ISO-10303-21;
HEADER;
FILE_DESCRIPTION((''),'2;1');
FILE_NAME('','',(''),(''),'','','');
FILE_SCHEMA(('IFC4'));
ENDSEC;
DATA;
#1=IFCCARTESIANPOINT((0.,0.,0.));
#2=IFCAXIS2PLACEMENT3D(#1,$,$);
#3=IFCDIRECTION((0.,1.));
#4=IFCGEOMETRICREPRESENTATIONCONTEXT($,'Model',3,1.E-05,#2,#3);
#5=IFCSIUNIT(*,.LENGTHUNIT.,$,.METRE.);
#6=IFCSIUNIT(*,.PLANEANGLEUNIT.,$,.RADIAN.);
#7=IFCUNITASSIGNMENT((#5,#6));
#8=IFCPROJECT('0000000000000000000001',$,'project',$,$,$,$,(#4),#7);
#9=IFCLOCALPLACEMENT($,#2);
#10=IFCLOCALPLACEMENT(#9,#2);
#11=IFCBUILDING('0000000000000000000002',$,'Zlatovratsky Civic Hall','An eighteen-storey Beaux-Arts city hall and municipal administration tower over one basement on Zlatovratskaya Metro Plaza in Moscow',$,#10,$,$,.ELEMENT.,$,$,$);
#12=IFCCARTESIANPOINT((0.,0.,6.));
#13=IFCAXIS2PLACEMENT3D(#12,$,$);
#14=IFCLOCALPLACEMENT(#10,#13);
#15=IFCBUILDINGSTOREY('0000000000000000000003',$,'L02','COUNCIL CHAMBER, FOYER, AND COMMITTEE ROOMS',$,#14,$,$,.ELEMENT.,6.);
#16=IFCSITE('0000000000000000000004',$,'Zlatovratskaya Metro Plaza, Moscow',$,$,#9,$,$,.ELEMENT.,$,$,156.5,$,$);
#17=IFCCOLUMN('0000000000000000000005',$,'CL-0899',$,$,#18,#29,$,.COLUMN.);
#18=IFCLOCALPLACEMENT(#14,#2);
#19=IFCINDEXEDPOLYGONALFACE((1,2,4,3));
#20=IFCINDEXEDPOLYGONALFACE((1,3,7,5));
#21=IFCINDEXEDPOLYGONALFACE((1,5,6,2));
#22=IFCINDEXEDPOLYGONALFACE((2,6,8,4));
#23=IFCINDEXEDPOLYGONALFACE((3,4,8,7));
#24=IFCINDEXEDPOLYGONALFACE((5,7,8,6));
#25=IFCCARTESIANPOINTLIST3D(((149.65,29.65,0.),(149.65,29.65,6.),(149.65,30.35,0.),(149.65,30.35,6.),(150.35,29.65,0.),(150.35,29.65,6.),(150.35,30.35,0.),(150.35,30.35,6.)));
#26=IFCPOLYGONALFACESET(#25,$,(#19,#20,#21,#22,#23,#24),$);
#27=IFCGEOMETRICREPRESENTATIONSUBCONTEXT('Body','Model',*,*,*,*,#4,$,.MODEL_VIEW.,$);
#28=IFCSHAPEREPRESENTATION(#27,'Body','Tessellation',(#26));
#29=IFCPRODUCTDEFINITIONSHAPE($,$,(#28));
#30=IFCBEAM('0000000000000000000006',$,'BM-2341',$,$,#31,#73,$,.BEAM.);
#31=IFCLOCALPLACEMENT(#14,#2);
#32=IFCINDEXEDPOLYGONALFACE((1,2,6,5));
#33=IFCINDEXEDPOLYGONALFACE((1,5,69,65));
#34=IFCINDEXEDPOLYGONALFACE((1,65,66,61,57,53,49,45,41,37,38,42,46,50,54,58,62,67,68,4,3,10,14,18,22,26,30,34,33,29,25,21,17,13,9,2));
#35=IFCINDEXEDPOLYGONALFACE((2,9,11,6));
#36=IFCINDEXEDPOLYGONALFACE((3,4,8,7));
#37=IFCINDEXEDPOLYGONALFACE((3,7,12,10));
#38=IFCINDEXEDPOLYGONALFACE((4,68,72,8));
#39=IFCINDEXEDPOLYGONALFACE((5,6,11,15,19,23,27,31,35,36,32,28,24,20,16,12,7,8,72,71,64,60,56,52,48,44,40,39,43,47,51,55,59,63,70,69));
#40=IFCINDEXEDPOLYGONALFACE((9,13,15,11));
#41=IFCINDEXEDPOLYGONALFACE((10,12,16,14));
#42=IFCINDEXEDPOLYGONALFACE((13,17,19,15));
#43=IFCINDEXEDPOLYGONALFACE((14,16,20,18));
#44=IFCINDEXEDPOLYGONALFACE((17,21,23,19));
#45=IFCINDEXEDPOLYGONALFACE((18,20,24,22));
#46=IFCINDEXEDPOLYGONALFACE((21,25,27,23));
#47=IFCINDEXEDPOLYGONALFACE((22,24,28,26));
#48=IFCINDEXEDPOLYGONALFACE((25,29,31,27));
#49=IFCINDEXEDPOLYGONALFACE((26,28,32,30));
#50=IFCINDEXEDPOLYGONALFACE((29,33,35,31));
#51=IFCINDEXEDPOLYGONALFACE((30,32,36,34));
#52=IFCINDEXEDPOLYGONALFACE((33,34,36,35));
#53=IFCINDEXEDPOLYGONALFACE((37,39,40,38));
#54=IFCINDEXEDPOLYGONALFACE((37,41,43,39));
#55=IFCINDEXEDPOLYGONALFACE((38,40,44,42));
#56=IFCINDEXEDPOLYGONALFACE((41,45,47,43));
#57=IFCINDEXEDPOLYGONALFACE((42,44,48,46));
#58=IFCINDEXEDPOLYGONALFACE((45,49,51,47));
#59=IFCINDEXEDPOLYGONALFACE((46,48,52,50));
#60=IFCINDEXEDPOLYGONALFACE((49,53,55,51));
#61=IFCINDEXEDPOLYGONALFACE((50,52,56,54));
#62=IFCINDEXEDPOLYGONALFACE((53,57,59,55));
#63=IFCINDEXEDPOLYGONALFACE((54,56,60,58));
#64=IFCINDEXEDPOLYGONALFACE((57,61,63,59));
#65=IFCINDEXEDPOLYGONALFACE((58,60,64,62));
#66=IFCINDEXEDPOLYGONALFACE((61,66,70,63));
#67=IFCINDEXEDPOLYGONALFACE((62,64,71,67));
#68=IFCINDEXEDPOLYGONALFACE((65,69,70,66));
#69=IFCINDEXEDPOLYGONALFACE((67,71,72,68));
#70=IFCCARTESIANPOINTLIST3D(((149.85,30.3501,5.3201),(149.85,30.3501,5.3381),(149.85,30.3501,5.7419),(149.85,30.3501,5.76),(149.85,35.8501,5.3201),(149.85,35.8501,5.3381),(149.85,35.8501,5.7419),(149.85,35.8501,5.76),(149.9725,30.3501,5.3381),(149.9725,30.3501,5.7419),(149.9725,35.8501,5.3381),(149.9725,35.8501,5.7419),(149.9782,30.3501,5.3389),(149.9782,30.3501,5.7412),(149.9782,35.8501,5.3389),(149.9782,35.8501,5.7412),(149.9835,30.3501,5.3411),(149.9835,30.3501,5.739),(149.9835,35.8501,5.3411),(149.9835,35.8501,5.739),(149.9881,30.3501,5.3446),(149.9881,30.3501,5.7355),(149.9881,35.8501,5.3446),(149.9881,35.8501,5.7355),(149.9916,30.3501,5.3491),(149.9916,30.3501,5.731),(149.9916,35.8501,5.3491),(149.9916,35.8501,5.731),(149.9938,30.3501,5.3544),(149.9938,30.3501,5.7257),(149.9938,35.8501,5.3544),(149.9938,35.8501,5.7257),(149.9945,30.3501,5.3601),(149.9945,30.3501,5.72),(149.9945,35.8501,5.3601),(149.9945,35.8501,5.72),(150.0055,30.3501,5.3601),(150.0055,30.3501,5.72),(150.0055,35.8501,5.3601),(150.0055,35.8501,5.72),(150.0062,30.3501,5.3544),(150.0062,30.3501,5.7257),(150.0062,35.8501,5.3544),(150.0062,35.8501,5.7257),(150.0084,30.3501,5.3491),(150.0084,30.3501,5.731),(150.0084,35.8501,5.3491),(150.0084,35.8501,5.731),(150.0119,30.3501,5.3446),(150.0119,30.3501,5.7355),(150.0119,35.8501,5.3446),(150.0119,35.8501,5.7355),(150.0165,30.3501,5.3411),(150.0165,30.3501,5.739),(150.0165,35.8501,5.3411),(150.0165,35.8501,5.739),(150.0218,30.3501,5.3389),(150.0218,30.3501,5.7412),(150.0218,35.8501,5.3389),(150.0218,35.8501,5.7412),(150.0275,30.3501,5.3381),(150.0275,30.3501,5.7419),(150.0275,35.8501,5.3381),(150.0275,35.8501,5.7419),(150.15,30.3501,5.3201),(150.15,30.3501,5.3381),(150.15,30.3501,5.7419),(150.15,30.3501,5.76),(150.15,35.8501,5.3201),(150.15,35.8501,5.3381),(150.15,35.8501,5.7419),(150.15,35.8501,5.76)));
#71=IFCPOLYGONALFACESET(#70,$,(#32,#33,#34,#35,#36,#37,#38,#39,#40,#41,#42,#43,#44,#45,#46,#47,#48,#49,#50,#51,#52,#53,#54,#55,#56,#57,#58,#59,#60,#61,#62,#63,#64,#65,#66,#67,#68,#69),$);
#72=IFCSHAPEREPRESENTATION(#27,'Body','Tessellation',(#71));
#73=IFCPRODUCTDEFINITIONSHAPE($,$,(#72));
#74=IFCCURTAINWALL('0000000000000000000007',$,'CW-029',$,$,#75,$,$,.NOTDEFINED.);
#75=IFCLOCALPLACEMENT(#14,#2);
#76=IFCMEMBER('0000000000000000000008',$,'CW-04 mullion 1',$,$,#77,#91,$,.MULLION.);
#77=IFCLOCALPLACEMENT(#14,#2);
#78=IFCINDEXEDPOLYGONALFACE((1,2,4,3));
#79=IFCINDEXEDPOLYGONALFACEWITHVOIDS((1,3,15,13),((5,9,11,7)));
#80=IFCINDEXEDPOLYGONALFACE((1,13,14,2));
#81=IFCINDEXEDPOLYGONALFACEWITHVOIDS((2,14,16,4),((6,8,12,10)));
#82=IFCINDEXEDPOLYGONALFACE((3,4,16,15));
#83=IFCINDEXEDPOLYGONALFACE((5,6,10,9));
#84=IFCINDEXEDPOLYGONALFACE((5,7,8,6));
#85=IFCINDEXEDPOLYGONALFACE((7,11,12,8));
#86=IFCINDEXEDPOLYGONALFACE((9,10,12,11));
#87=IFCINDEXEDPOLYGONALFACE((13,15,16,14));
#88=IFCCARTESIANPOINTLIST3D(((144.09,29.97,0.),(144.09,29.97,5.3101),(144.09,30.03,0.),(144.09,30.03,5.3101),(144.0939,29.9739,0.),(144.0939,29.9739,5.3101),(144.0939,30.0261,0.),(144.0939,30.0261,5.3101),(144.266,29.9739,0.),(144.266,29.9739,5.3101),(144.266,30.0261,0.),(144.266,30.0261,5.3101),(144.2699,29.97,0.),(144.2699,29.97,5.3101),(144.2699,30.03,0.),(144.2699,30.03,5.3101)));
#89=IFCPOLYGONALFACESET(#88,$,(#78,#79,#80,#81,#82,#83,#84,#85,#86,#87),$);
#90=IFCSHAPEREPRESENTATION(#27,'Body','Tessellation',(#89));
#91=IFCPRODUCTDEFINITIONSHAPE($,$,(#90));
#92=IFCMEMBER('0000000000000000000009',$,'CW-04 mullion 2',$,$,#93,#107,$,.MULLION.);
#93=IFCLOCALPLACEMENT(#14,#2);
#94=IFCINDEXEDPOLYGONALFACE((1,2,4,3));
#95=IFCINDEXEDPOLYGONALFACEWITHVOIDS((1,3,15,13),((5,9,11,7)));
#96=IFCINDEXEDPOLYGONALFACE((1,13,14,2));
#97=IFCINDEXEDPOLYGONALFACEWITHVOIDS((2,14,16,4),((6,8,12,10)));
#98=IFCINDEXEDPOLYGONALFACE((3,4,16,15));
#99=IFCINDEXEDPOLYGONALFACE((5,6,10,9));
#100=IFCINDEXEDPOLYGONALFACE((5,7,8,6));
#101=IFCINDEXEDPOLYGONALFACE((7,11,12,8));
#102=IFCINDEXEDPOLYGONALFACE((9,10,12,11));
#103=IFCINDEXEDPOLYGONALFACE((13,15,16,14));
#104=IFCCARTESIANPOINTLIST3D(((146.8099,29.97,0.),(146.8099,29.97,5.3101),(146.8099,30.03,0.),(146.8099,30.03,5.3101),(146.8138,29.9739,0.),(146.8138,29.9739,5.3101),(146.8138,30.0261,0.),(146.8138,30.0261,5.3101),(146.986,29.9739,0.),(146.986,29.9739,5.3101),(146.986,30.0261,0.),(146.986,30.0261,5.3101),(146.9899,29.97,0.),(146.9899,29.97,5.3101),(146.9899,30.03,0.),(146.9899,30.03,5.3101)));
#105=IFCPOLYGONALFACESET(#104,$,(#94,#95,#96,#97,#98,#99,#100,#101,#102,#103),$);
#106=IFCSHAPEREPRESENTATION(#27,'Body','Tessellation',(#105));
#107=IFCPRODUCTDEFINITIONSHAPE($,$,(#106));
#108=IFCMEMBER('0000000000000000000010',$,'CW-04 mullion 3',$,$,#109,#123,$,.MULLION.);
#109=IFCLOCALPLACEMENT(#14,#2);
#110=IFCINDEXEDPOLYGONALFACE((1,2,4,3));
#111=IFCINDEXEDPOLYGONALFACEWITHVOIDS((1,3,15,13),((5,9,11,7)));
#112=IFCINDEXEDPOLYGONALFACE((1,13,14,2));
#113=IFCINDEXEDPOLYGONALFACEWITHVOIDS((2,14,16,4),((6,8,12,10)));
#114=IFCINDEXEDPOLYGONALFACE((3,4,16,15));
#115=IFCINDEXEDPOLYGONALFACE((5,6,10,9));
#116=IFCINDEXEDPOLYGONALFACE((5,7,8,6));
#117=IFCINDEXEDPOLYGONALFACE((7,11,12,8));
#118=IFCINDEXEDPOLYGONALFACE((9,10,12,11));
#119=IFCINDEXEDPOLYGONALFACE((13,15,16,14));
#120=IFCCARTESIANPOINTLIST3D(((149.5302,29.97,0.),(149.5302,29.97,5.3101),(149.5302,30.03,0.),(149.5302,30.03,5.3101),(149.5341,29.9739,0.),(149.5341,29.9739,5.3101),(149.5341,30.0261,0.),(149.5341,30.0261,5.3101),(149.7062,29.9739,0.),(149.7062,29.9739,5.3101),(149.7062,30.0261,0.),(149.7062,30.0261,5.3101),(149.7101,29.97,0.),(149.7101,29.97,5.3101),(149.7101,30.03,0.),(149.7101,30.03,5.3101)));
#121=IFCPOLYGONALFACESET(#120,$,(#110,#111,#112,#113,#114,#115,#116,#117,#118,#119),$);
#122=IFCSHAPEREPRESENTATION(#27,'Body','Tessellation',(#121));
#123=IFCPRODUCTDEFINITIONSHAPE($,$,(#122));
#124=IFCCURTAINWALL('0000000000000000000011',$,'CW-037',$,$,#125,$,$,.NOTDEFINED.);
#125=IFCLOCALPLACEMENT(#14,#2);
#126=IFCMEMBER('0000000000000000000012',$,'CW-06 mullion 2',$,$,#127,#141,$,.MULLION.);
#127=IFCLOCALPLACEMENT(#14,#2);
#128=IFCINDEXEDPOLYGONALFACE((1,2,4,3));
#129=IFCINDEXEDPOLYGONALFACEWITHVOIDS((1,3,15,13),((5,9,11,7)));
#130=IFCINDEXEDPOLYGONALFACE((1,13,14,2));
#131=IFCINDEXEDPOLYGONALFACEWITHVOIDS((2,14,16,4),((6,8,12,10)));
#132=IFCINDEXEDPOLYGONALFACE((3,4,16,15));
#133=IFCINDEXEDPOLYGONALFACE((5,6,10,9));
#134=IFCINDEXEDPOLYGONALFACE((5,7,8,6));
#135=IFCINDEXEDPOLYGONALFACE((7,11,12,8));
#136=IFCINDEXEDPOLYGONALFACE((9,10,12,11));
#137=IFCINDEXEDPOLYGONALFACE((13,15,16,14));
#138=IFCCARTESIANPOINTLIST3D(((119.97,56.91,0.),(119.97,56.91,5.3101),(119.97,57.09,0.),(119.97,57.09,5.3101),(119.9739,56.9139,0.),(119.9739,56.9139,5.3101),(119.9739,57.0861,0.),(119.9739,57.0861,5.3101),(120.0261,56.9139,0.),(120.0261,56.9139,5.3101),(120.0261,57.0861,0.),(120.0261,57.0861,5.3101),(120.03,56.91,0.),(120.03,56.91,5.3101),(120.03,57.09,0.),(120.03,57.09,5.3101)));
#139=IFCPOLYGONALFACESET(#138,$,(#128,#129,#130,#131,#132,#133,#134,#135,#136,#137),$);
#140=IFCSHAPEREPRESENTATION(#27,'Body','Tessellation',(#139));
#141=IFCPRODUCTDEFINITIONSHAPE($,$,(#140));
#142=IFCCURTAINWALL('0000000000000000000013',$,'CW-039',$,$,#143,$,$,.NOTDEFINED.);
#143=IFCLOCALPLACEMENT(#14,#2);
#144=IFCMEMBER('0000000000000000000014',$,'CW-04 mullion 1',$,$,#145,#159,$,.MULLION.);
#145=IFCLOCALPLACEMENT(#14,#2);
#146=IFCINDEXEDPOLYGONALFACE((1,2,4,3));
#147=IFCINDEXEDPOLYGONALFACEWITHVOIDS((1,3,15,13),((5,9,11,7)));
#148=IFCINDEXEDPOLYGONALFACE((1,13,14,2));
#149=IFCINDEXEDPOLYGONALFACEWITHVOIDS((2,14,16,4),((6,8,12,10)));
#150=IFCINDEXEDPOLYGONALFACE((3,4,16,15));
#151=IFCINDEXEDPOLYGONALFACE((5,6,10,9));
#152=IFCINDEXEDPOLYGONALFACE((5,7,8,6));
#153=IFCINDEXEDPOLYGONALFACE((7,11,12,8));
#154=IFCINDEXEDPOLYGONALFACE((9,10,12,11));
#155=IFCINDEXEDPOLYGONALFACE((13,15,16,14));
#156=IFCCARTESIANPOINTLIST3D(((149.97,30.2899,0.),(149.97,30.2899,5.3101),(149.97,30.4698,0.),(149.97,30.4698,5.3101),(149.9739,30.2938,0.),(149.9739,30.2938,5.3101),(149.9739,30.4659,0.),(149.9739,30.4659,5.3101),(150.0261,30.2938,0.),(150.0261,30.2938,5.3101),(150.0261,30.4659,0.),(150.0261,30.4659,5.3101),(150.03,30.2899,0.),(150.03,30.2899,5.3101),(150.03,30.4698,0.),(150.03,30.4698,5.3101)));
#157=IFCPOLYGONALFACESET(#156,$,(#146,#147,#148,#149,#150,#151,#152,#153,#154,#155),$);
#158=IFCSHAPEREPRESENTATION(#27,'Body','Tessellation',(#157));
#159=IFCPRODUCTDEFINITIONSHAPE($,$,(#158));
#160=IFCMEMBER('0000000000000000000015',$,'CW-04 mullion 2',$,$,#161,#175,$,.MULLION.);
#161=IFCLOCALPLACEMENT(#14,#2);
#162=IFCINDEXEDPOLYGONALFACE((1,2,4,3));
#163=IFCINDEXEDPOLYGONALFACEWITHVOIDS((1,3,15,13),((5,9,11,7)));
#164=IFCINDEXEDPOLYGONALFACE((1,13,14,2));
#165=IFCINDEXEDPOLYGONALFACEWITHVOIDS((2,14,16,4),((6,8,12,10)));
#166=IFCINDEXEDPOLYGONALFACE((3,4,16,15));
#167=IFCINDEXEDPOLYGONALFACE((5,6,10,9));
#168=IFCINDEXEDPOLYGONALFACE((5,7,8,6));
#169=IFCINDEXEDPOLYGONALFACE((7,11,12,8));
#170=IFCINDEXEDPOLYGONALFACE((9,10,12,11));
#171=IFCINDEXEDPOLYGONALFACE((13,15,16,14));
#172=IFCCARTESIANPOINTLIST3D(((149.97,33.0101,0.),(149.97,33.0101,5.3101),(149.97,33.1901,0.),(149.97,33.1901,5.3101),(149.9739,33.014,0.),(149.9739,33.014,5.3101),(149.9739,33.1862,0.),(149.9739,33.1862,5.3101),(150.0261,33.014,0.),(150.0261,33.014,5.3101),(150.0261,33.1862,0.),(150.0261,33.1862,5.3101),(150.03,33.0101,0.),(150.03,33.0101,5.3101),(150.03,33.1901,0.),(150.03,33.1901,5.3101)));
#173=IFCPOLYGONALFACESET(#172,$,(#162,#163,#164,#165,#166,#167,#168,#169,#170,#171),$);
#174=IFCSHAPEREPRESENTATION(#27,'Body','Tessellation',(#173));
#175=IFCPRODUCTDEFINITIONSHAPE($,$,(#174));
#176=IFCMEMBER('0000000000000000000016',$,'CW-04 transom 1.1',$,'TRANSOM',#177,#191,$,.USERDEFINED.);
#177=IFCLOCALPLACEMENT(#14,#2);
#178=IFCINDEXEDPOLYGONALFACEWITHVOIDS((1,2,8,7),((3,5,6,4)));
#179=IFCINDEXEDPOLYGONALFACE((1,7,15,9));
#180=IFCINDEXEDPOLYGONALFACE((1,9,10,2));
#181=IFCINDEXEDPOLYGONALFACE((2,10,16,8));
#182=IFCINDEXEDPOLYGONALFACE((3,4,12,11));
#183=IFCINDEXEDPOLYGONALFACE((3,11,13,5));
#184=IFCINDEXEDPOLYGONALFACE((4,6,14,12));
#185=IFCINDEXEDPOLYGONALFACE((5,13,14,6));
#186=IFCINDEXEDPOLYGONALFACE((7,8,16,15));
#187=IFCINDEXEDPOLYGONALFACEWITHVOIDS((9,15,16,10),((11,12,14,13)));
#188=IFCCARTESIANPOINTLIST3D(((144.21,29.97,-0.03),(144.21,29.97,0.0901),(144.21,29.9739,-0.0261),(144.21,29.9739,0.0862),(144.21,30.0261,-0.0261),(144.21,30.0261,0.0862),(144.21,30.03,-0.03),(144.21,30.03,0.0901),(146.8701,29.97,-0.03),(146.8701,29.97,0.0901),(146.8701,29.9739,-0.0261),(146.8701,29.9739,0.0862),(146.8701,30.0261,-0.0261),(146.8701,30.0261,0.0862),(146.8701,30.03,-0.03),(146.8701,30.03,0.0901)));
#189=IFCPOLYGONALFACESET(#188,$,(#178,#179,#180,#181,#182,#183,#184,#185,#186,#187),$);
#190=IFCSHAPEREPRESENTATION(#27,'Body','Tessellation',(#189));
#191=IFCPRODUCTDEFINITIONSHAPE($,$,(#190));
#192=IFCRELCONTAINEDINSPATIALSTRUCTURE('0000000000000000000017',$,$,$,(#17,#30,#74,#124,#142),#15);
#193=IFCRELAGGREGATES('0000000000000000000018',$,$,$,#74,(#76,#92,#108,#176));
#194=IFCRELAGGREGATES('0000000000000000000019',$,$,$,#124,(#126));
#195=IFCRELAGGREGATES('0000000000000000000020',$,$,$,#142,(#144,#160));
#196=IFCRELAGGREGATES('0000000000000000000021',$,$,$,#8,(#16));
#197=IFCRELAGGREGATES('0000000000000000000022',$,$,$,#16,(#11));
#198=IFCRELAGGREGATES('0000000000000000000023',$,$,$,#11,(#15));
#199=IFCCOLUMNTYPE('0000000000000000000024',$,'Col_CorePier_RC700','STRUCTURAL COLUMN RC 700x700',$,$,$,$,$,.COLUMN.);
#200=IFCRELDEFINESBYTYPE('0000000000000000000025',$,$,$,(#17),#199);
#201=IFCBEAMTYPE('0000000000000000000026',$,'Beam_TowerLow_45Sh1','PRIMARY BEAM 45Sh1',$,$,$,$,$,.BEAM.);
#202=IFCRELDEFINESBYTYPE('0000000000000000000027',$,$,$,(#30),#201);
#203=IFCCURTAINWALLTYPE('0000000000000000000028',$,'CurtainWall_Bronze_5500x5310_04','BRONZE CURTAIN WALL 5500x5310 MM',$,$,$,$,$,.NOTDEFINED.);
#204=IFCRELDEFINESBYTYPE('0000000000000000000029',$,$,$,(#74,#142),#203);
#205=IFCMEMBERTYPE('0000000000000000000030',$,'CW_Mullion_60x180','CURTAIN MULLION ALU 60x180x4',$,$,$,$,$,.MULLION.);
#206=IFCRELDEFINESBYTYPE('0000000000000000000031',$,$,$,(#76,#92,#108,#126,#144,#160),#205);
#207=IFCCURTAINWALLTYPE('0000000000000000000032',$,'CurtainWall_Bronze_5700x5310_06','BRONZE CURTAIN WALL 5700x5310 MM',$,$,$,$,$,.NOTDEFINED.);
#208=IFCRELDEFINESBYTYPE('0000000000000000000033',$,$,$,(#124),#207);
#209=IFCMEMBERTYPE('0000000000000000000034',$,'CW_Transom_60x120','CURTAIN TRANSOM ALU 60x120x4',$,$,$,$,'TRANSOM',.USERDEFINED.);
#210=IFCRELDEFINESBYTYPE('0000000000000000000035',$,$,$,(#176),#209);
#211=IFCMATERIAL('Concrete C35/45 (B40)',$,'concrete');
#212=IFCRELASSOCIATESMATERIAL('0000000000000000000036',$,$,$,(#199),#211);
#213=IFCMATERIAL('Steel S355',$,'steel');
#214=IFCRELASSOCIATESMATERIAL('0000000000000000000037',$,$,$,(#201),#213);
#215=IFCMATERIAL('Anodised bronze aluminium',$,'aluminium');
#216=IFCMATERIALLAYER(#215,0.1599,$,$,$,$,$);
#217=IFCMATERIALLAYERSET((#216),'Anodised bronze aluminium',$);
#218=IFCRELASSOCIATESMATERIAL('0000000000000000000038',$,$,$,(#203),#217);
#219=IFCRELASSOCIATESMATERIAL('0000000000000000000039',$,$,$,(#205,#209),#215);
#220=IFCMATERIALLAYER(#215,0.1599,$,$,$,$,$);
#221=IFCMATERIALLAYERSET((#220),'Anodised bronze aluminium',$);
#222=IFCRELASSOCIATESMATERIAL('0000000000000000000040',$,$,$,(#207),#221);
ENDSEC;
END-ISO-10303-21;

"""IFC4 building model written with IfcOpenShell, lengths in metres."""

from ifc_helpers import new_model, si_unit, direction, frame, origin, origin_2d, place, context, subcontext, project, spatial, rectangle, hollow_rectangle, i_section, extrude, material, layer, layer_set, material_profile, profile_set, type_object, element, aggregate, save


model = new_model("IFC4")

# Units and contexts
model_context = context("Model", 3, precision=1e-05, world=origin(), true_north=direction((0.0, 1.0)))
body_context = subcontext(model_context, "Body", "Model", "MODEL_VIEW")
ifc_project = project(units=[si_unit("LENGTHUNIT", "METRE"), si_unit("PLANEANGLEUNIT", "RADIAN")], contexts=[model_context])

# Site, building, storey
site_placement = place(None, origin())
site = spatial("IfcSite", under=ifc_project, at=site_placement, Name="Zlatovratskaya Metro Plaza, Moscow", CompositionType="ELEMENT", RefElevation=156.5)
building_placement = place(site_placement, origin())
building = spatial("IfcBuilding", under=site, at=building_placement, Name="Zlatovratsky Civic Hall", Description="An eighteen-storey Beaux-Arts city hall and municipal administration tower over one basement on Zlatovratskaya Metro Plaza in Moscow", CompositionType="ELEMENT")
storey_placement = place(building_placement, frame((0.0, 0.0, 6.0)))
storey = spatial("IfcBuildingStorey", under=building, at=storey_placement, Name="L02", Description="COUNCIL CHAMBER, FOYER, AND COMMITTEE ROOMS", CompositionType="ELEMENT", Elevation=6.0)

# Column
ifc_material_1 = material(Name="Concrete C35/45 (B40)", Category="concrete")
ifc_material_profile_1 = material_profile(ifc_material_1, rectangle(XDim=0.7, YDim=0.7, at=origin_2d()), Name="RC 700x700")
ifc_profile_set_1 = profile_set([ifc_material_profile_1], Name="Concrete C35/45 (B40)")
column_type = type_object("IfcColumnType", Name="Col_CorePier_RC700", Description="STRUCTURAL COLUMN RC 700x700", PredefinedType="COLUMN", material=ifc_profile_set_1)
column_placement = place(storey_placement, frame((150.0, 30.0, 0.0), z_axis=(0.0, 0.0, 1.0), x_axis=(1.0, 0.0, 0.0)))
element("IfcColumn", 1, at=column_placement, inside=storey, type_object=column_type, Name="CL-0899", PredefinedType="COLUMN", context=body_context, shape_type="SweptSolid", body=[
    extrude(rectangle(XDim=0.7, YDim=0.7, at=origin_2d()), origin(), (0.0, 0.0, 1.0), 6.0),
])

# Beam
ifc_material_2 = material(Name="Steel S355", Category="steel")
ifc_material_profile_2 = material_profile(ifc_material_2, i_section(OverallWidth=0.3, OverallDepth=0.4399, WebThickness=0.011, FlangeThickness=0.0181, FilletRadius=0.022, at=origin_2d()), Name="45Sh1")
ifc_profile_set_2 = profile_set([ifc_material_profile_2], Name="Steel S355")
beam_type = type_object("IfcBeamType", Name="Beam_TowerLow_45Sh1", Description="PRIMARY BEAM 45Sh1", PredefinedType="BEAM", material=ifc_profile_set_2)
beam_placement = place(storey_placement, frame((150.0, 30.3501, 5.54), z_axis=(0.0, 1.0, 0.0), x_axis=(-1.0, 0.0, 0.0)))
element("IfcBeam", 2, at=beam_placement, inside=storey, type_object=beam_type, Name="BM-2341", PredefinedType="BEAM", context=body_context, shape_type="SweptSolid", body=[
    extrude(i_section(OverallWidth=0.3, OverallDepth=0.4399, WebThickness=0.011, FlangeThickness=0.0181, FilletRadius=0.022, at=origin_2d()), origin(), (0.0, 0.0, 1.0), 5.5),
])

# Curtain wall, members
ifc_material_3 = material(Name="Anodised bronze aluminium", Category="aluminium")
ifc_layer_1 = layer(ifc_material_3, 0.1599)
ifc_layer_set_1 = layer_set([ifc_layer_1], Name="Anodised bronze aluminium")
curtain_wall_type_1 = type_object("IfcCurtainWallType", Name="CurtainWall_Bronze_5500x5310_04", Description="BRONZE CURTAIN WALL 5500x5310 MM", PredefinedType="NOTDEFINED", material=ifc_layer_set_1)
curtain_wall_1_placement = place(storey_placement, origin())
curtain_wall_1 = element("IfcCurtainWall", 3, at=curtain_wall_1_placement, inside=storey, type_object=curtain_wall_type_1, Name="CW-029", PredefinedType="NOTDEFINED")
ifc_material_profile_3 = material_profile(ifc_material_3, hollow_rectangle(XDim=0.0601, YDim=0.1799, WallThickness=0.0039, at=origin_2d()), Name="ALU 60x180x4")
ifc_profile_set_3 = profile_set([ifc_material_profile_3], Name="Anodised bronze aluminium")
member_type_1 = type_object("IfcMemberType", Name="CW_Mullion_60x180", Description="CURTAIN MULLION ALU 60x180x4", PredefinedType="MULLION", material=ifc_profile_set_3)
member_1_placement = place(storey_placement, frame((144.1799, 30.0, 0.0), z_axis=(0.0, 0.0, 1.0), x_axis=(0.0, 1.0, 0.0)))
member_1 = element("IfcMember", 4, at=member_1_placement, type_object=member_type_1, Name="CW-04 mullion 1", PredefinedType="MULLION", context=body_context, shape_type="SweptSolid", body=[
    extrude(hollow_rectangle(XDim=0.0601, YDim=0.1799, WallThickness=0.0039, at=origin_2d()), origin(), (0.0, 0.0, 1.0), 5.3101),
])
member_2_placement = place(storey_placement, frame((146.8999, 30.0, 0.0), z_axis=(0.0, 0.0, 1.0), x_axis=(0.0, 1.0, 0.0)))
member_2 = element("IfcMember", 5, at=member_2_placement, type_object=member_type_1, Name="CW-04 mullion 2", PredefinedType="MULLION", context=body_context, shape_type="SweptSolid", body=[
    extrude(hollow_rectangle(XDim=0.0601, YDim=0.1799, WallThickness=0.0039, at=origin_2d()), origin(), (0.0, 0.0, 1.0), 5.3101),
])
member_3_placement = place(storey_placement, frame((149.6201, 30.0, 0.0), z_axis=(0.0, 0.0, 1.0), x_axis=(0.0, 1.0, 0.0)))
member_3 = element("IfcMember", 6, at=member_3_placement, type_object=member_type_1, Name="CW-04 mullion 3", PredefinedType="MULLION", context=body_context, shape_type="SweptSolid", body=[
    extrude(hollow_rectangle(XDim=0.0601, YDim=0.1799, WallThickness=0.0039, at=origin_2d()), origin(), (0.0, 0.0, 1.0), 5.3101),
])

# Curtain wall, member
ifc_layer_2 = layer(ifc_material_3, 0.1599)
ifc_layer_set_2 = layer_set([ifc_layer_2], Name="Anodised bronze aluminium")
curtain_wall_type_2 = type_object("IfcCurtainWallType", Name="CurtainWall_Bronze_5700x5310_06", Description="BRONZE CURTAIN WALL 5700x5310 MM", PredefinedType="NOTDEFINED", material=ifc_layer_set_2)
curtain_wall_2_placement = place(storey_placement, origin())
curtain_wall_2 = element("IfcCurtainWall", 7, at=curtain_wall_2_placement, inside=storey, type_object=curtain_wall_type_2, Name="CW-037", PredefinedType="NOTDEFINED")
member_4_placement = place(storey_placement, frame((120.0, 57.0, 0.0), z_axis=(0.0, 0.0, 1.0), x_axis=(-1.0, 0.0, 0.0)))
member_4 = element("IfcMember", 8, at=member_4_placement, type_object=member_type_1, Name="CW-06 mullion 2", PredefinedType="MULLION", context=body_context, shape_type="SweptSolid", body=[
    extrude(hollow_rectangle(XDim=0.0601, YDim=0.1799, WallThickness=0.0039, at=origin_2d()), origin(), (0.0, 0.0, 1.0), 5.3101),
])

# Curtain wall, members
curtain_wall_3_placement = place(storey_placement, origin())
curtain_wall_3 = element("IfcCurtainWall", 9, at=curtain_wall_3_placement, inside=storey, type_object=curtain_wall_type_1, Name="CW-039", PredefinedType="NOTDEFINED")
member_5_placement = place(storey_placement, frame((150.0, 30.3799, 0.0), z_axis=(0.0, 0.0, 1.0), x_axis=(-1.0, 0.0, 0.0)))
member_5 = element("IfcMember", 10, at=member_5_placement, type_object=member_type_1, Name="CW-04 mullion 1", PredefinedType="MULLION", context=body_context, shape_type="SweptSolid", body=[
    extrude(hollow_rectangle(XDim=0.0601, YDim=0.1799, WallThickness=0.0039, at=origin_2d()), origin(), (0.0, 0.0, 1.0), 5.3101),
])
member_6_placement = place(storey_placement, frame((150.0, 33.1001, 0.0), z_axis=(0.0, 0.0, 1.0), x_axis=(-1.0, 0.0, 0.0)))
member_6 = element("IfcMember", 11, at=member_6_placement, type_object=member_type_1, Name="CW-04 mullion 2", PredefinedType="MULLION", context=body_context, shape_type="SweptSolid", body=[
    extrude(hollow_rectangle(XDim=0.0601, YDim=0.1799, WallThickness=0.0039, at=origin_2d()), origin(), (0.0, 0.0, 1.0), 5.3101),
])

# Member
ifc_material_profile_4 = material_profile(ifc_material_3, hollow_rectangle(XDim=0.0601, YDim=0.1201, WallThickness=0.0039, at=origin_2d()), Name="ALU 60x120x4")
ifc_profile_set_4 = profile_set([ifc_material_profile_4], Name="Anodised bronze aluminium")
member_type_2 = type_object("IfcMemberType", Name="CW_Transom_60x120", Description="CURTAIN TRANSOM ALU 60x120x4", ElementType="TRANSOM", PredefinedType="USERDEFINED", material=ifc_profile_set_4)
member_7_placement = place(storey_placement, frame((144.21, 30.0, 0.03), z_axis=(1.0, 0.0, 0.0), x_axis=(0.0, 1.0, 0.0)))
member_7 = element("IfcMember", 12, at=member_7_placement, type_object=member_type_2, Name="CW-04 transom 1.1", ObjectType="TRANSOM", PredefinedType="USERDEFINED", context=body_context, shape_type="SweptSolid", body=[
    extrude(hollow_rectangle(XDim=0.0601, YDim=0.1201, WallThickness=0.0039, at=origin_2d()), origin(), (0.0, 0.0, 1.0), 2.6602),
])

aggregate(curtain_wall_1, [member_1, member_2, member_3, member_7])
aggregate(curtain_wall_2, [member_4])
aggregate(curtain_wall_3, [member_5, member_6])

save(model, "model.ifc")
